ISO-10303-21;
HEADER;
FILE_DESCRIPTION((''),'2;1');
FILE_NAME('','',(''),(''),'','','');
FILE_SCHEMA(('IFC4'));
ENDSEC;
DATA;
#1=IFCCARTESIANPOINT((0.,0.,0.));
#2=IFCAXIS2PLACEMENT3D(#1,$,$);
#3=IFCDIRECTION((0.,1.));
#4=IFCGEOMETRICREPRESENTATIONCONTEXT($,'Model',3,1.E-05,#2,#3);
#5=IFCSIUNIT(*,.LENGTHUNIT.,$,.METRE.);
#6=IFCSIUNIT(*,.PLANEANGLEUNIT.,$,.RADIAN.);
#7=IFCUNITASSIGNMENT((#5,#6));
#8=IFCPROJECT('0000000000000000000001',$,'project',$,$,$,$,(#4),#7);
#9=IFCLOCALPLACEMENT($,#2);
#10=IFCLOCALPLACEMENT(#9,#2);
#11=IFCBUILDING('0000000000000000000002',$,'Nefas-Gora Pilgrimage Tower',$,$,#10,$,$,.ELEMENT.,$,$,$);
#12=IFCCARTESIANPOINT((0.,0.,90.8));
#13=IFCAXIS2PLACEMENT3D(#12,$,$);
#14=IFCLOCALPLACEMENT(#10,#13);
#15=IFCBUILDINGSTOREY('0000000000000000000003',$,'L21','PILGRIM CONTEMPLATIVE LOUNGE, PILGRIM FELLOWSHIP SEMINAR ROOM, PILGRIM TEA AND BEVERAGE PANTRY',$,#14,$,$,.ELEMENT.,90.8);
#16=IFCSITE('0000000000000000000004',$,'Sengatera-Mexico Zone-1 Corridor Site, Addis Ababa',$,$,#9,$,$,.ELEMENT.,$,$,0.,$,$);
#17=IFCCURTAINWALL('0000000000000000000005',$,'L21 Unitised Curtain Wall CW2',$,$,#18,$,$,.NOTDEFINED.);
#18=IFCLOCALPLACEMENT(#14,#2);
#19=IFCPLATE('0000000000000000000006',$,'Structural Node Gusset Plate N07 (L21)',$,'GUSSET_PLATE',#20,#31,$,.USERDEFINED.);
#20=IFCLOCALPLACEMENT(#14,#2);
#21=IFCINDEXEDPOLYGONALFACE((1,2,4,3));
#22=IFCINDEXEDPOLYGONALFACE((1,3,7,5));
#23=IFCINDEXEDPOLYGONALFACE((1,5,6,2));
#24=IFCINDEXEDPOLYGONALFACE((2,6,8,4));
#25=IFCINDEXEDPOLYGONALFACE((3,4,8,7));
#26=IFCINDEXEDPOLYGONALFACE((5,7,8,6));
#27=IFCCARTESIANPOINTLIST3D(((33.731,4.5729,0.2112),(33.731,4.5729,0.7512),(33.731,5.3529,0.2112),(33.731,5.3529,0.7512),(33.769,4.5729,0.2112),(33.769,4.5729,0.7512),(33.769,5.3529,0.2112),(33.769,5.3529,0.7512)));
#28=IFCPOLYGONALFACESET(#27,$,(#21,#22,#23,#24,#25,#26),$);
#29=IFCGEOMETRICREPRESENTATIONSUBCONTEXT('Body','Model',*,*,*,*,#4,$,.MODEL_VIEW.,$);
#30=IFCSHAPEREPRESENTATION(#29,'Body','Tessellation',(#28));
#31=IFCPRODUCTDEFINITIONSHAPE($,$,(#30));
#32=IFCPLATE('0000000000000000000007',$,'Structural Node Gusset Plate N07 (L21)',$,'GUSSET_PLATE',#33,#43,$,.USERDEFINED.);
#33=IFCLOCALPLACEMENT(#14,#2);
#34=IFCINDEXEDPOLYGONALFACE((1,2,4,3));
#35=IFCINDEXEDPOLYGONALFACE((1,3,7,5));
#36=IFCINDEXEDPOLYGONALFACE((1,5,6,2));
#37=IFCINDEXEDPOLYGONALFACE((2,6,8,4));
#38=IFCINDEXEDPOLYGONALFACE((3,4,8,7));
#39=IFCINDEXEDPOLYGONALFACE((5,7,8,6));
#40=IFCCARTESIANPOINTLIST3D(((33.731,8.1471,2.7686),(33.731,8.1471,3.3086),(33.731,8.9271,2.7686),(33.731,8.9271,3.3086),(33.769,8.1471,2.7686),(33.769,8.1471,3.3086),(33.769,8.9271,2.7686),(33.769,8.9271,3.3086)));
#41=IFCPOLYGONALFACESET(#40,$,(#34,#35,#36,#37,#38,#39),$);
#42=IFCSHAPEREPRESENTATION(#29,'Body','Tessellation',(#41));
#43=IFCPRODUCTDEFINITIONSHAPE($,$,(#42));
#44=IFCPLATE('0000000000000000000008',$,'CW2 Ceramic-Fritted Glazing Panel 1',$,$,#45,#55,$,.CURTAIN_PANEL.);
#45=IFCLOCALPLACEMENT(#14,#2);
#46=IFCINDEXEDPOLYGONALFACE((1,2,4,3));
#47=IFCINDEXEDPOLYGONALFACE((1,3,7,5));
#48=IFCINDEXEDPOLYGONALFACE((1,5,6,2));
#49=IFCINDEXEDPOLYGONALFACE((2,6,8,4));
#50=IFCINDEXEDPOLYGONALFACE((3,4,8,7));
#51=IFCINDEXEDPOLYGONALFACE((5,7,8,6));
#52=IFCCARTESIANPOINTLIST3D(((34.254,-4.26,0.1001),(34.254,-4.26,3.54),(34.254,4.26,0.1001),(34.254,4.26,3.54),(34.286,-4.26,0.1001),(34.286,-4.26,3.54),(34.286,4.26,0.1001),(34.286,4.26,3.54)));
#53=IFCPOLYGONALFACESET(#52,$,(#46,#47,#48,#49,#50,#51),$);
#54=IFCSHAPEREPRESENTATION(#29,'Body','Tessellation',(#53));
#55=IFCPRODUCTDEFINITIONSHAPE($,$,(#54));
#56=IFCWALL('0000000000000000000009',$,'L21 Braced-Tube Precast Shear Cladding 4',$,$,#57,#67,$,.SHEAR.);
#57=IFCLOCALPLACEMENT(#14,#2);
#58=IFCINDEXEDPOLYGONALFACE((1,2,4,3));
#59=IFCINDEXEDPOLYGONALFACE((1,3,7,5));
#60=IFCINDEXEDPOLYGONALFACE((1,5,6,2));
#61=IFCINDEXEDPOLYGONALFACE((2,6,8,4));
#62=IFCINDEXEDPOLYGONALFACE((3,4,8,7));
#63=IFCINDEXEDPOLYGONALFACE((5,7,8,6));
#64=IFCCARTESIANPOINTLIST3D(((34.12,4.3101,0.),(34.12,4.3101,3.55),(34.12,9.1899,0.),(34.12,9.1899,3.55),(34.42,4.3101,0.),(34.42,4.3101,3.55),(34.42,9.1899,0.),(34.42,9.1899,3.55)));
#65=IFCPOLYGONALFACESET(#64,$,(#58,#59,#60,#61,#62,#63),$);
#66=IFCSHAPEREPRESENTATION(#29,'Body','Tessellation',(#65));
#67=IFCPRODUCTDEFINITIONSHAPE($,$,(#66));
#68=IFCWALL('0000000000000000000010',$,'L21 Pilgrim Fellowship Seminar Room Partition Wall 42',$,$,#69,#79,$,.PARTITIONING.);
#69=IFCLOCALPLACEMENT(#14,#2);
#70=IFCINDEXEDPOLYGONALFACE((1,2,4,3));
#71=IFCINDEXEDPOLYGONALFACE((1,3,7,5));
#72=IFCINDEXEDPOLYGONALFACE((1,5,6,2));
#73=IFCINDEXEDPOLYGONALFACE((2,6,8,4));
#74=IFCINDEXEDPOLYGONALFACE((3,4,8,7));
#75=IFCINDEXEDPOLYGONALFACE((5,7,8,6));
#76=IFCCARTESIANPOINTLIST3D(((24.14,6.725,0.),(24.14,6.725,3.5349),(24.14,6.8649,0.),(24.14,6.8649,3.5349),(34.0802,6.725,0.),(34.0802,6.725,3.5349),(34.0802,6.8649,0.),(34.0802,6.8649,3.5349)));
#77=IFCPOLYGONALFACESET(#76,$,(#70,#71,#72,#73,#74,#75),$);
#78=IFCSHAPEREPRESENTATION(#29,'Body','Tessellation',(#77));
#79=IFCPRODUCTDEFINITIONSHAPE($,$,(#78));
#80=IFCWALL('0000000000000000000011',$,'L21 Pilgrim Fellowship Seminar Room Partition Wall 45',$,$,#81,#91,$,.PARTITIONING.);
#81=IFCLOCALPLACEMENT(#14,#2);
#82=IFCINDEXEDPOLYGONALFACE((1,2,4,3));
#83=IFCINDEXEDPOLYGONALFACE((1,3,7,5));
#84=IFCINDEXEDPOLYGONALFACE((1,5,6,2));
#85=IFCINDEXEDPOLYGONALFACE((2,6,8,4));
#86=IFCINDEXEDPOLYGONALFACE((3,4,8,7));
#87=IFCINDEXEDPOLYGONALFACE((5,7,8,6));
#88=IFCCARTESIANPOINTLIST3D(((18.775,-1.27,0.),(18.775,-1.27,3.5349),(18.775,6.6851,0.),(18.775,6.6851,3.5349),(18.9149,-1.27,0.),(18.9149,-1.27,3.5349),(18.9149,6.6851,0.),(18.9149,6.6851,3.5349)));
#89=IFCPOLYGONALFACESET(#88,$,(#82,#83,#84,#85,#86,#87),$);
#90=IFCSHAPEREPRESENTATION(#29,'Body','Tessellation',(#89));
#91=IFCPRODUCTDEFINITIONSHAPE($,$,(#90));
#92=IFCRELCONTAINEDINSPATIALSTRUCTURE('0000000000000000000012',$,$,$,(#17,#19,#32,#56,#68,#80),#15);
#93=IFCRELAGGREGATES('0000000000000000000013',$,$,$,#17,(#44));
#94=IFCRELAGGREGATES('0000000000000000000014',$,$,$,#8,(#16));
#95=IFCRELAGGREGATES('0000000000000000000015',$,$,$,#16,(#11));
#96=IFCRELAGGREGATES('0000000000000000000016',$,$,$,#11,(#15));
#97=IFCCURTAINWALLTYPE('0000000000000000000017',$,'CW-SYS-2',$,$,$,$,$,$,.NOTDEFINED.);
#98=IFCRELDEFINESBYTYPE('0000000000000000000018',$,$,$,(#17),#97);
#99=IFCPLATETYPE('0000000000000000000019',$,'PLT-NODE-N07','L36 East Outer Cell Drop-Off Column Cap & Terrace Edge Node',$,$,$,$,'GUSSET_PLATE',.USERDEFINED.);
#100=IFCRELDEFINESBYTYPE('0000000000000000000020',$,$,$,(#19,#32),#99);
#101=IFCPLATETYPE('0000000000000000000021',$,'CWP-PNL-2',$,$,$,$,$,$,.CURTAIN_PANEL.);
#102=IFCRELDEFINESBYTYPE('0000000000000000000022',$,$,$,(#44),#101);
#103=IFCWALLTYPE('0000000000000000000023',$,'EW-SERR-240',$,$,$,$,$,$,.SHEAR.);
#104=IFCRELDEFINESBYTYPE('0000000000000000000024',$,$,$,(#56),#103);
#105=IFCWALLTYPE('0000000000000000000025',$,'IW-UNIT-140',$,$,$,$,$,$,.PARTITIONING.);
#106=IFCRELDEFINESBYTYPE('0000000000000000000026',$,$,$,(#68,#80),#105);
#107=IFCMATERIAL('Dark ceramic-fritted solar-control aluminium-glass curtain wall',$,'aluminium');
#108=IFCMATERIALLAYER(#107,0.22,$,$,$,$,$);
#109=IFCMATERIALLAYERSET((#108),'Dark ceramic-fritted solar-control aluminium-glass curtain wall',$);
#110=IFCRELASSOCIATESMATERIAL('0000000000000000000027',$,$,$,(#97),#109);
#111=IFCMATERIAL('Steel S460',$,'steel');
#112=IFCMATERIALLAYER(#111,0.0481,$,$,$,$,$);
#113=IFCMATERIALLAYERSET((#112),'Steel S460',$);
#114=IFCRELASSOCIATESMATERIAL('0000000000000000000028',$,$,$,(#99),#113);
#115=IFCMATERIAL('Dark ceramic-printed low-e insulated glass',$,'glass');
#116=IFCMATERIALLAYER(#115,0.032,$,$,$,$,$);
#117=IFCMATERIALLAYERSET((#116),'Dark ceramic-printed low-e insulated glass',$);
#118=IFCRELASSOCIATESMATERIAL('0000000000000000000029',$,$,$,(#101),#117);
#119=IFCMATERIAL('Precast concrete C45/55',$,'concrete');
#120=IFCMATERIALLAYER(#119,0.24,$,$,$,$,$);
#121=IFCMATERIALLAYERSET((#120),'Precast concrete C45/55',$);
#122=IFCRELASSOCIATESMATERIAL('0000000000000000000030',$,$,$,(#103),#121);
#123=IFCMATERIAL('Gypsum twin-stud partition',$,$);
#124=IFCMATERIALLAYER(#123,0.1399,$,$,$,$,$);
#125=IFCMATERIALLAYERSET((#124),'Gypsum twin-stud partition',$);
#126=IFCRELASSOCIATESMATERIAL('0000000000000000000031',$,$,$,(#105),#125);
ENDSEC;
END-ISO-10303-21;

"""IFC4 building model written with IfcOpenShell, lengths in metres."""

from ifc_helpers import new_model, si_unit, direction, frame, frame_2d, origin, origin_2d, place, context, subcontext, project, spatial, rectangle, extrude, source, transform, mapped, material, layer, layer_set, type_object, element, aggregate, save


model = new_model("IFC4")

# Units and contexts
model_context = context("Model", 3, precision=1e-05, world=origin(), true_north=direction((0.0, 1.0)))
body_context = subcontext(model_context, "Body", "Model", "MODEL_VIEW")
ifc_project = project(units=[si_unit("LENGTHUNIT", "METRE"), si_unit("PLANEANGLEUNIT", "RADIAN")], contexts=[model_context])

# Site, building, storey
site_placement = place(None, origin())
site = spatial("IfcSite", under=ifc_project, at=site_placement, Name="Sengatera-Mexico Zone-1 Corridor Site, Addis Ababa", CompositionType="ELEMENT", RefElevation=0.0)
building_placement = place(site_placement, origin())
building = spatial("IfcBuilding", under=site, at=building_placement, Name="Nefas-Gora Pilgrimage Tower", CompositionType="ELEMENT")
storey_placement = place(building_placement, frame((0.0, 0.0, 90.8)))
storey = spatial("IfcBuildingStorey", under=building, at=storey_placement, Name="L21", Description="PILGRIM CONTEMPLATIVE LOUNGE, PILGRIM FELLOWSHIP SEMINAR ROOM, PILGRIM TEA AND BEVERAGE PANTRY", CompositionType="ELEMENT", Elevation=90.8)

# Shared definitions
ifc_material_1 = material(Name="Steel S460", Category="steel")

# Curtain wall
ifc_material_2 = material(Name="Dark ceramic-fritted solar-control aluminium-glass curtain wall", Category="aluminium")
ifc_layer_1 = layer(ifc_material_2, 0.22)
ifc_layer_set_1 = layer_set([ifc_layer_1], Name="Dark ceramic-fritted solar-control aluminium-glass curtain wall")
curtain_wall_type = type_object("IfcCurtainWallType", Name="CW-SYS-2", PredefinedType="NOTDEFINED", material=ifc_layer_set_1)
curtain_wall_placement = place(storey_placement, origin())
curtain_wall = element("IfcCurtainWall", 1, at=curtain_wall_placement, inside=storey, type_object=curtain_wall_type, Name="L21 Unitised Curtain Wall CW2", PredefinedType="NOTDEFINED")

# Plates
ifc_layer_2 = layer(ifc_material_1, 0.0481)
ifc_layer_set_2 = layer_set([ifc_layer_2], Name="Steel S460")
plate_type_1 = type_object("IfcPlateType", Name="PLT-NODE-N07", Description="L36 East Outer Cell Drop-Off Column Cap & Terrace Edge Node", ElementType="GUSSET_PLATE", PredefinedType="USERDEFINED", material=ifc_layer_set_2)
shared_shape_1 = source(origin(), body_context, "Body", "SweptSolid", [
    extrude(rectangle(XDim=0.78, YDim=0.0381, at=origin_2d()), origin(), (0.0, 0.0, 1.0), 0.54),
])
for number, where, z_axis, x_axis, name in (
    (2, (33.75, 4.9629, 0.2112), (0.0, 0.0, 1.0), (0.0, 1.0, 0.0), "Structural Node Gusset Plate N07 (L21)"),
    (3, (33.75, 8.5371, 2.7686), (0.0, 0.0, 1.0), (0.0, 1.0, 0.0), "Structural Node Gusset Plate N07 (L21)"),
):
    element("IfcPlate", number, at=place(storey_placement, frame(where, z_axis=z_axis, x_axis=x_axis)), inside=storey, type_object=plate_type_1, Name=name, ObjectType="GUSSET_PLATE", PredefinedType="USERDEFINED", context=body_context, shape_type="MappedRepresentation", body=[
        mapped(shared_shape_1, transform((0.0, 0.0, 0.0), x_axis=(1.0, 0.0, 0.0), y_axis=(0.0, 1.0, 0.0), z_axis=(0.0, 0.0, 1.0), scale=1.0)),
    ])

# Plate
ifc_material_3 = material(Name="Dark ceramic-printed low-e insulated glass", Category="glass")
ifc_layer_3 = layer(ifc_material_3, 0.032)
ifc_layer_set_3 = layer_set([ifc_layer_3], Name="Dark ceramic-printed low-e insulated glass")
plate_type_2 = type_object("IfcPlateType", Name="CWP-PNL-2", PredefinedType="CURTAIN_PANEL", material=ifc_layer_set_3)
shared_shape_2 = source(origin(), body_context, "Body", "SweptSolid", [
    extrude(rectangle(XDim=8.52, YDim=0.032, at=origin_2d()), origin(), (0.0, 0.0, 1.0), 3.4399),
])
plate_placement = place(storey_placement, frame((34.27, 0.0, 0.1001), z_axis=(0.0, 0.0, 1.0), x_axis=(0.0, 1.0, 0.0)))
plate = element("IfcPlate", 4, at=plate_placement, type_object=plate_type_2, Name="CW2 Ceramic-Fritted Glazing Panel 1", PredefinedType="CURTAIN_PANEL", context=body_context, shape_type="MappedRepresentation", body=[
    mapped(shared_shape_2, transform((0.0, 0.0, 0.0), x_axis=(1.0, 0.0, 0.0), y_axis=(0.0, 1.0, 0.0), z_axis=(0.0, 0.0, 1.0), scale=1.0)),
])
aggregate(curtain_wall, [plate])

# Walls
ifc_material_4 = material(Name="Precast concrete C45/55", Category="concrete")
ifc_layer_4 = layer(ifc_material_4, 0.24)
ifc_layer_set_4 = layer_set([ifc_layer_4], Name="Precast concrete C45/55")
wall_type_1 = type_object("IfcWallType", Name="EW-SERR-240", PredefinedType="SHEAR", material=ifc_layer_set_4)
shared_shape_3 = source(origin(), body_context, "Body", "SweptSolid", [
    extrude(rectangle(XDim=4.8799, YDim=0.3, at=frame_2d((2.4399, 0.0))), origin(), (0.0, 0.0, 1.0), 3.55),
])
wall_1_placement = place(storey_placement, frame((34.27, 4.3101, 0.0), z_axis=(0.0, 0.0, 1.0), x_axis=(0.0, 1.0, 0.0)))
element("IfcWall", 5, at=wall_1_placement, inside=storey, type_object=wall_type_1, Name="L21 Braced-Tube Precast Shear Cladding 4", PredefinedType="SHEAR", context=body_context, shape_type="MappedRepresentation", body=[
    mapped(shared_shape_3, transform((0.0, 0.0, 0.0), x_axis=(1.0, 0.0, 0.0), y_axis=(0.0, 1.0, 0.0), z_axis=(0.0, 0.0, 1.0), scale=1.0)),
])
ifc_material_5 = material(Name="Gypsum twin-stud partition")
ifc_layer_5 = layer(ifc_material_5, 0.1399)
ifc_layer_set_5 = layer_set([ifc_layer_5], Name="Gypsum twin-stud partition")
wall_type_2 = type_object("IfcWallType", Name="IW-UNIT-140", PredefinedType="PARTITIONING", material=ifc_layer_set_5)
shared_shape_4 = source(origin(), body_context, "Body", "SweptSolid", [
    extrude(rectangle(XDim=9.9402, YDim=0.1399, at=frame_2d((4.9702, 0.0))), origin(), (0.0, 0.0, 1.0), 3.5349),
])
wall_2_placement = place(storey_placement, frame((24.1399, 6.7949, 0.0), z_axis=(0.0, 0.0, 1.0), x_axis=(1.0, 0.0, 0.0)))
element("IfcWall", 6, at=wall_2_placement, inside=storey, type_object=wall_type_2, Name="L21 Pilgrim Fellowship Seminar Room Partition Wall 42", PredefinedType="PARTITIONING", context=body_context, shape_type="MappedRepresentation", body=[
    mapped(shared_shape_4, transform((0.0, 0.0, 0.0), x_axis=(1.0, 0.0, 0.0), y_axis=(0.0, 1.0, 0.0), z_axis=(0.0, 0.0, 1.0), scale=1.0)),
])
shared_shape_5 = source(origin(), body_context, "Body", "SweptSolid", [
    extrude(rectangle(XDim=7.9551, YDim=0.1399, at=frame_2d((3.9775, 0.0))), origin(), (0.0, 0.0, 1.0), 3.5349),
])
wall_3_placement = place(storey_placement, frame((18.845, -1.27, 0.0), z_axis=(0.0, 0.0, 1.0), x_axis=(0.0, 1.0, 0.0)))
element("IfcWall", 7, at=wall_3_placement, inside=storey, type_object=wall_type_2, Name="L21 Pilgrim Fellowship Seminar Room Partition Wall 45", PredefinedType="PARTITIONING", context=body_context, shape_type="MappedRepresentation", body=[
    mapped(shared_shape_5, transform((0.0, 0.0, 0.0), x_axis=(1.0, 0.0, 0.0), y_axis=(0.0, 1.0, 0.0), z_axis=(0.0, 0.0, 1.0), scale=1.0)),
])

save(model, "model.ifc")
